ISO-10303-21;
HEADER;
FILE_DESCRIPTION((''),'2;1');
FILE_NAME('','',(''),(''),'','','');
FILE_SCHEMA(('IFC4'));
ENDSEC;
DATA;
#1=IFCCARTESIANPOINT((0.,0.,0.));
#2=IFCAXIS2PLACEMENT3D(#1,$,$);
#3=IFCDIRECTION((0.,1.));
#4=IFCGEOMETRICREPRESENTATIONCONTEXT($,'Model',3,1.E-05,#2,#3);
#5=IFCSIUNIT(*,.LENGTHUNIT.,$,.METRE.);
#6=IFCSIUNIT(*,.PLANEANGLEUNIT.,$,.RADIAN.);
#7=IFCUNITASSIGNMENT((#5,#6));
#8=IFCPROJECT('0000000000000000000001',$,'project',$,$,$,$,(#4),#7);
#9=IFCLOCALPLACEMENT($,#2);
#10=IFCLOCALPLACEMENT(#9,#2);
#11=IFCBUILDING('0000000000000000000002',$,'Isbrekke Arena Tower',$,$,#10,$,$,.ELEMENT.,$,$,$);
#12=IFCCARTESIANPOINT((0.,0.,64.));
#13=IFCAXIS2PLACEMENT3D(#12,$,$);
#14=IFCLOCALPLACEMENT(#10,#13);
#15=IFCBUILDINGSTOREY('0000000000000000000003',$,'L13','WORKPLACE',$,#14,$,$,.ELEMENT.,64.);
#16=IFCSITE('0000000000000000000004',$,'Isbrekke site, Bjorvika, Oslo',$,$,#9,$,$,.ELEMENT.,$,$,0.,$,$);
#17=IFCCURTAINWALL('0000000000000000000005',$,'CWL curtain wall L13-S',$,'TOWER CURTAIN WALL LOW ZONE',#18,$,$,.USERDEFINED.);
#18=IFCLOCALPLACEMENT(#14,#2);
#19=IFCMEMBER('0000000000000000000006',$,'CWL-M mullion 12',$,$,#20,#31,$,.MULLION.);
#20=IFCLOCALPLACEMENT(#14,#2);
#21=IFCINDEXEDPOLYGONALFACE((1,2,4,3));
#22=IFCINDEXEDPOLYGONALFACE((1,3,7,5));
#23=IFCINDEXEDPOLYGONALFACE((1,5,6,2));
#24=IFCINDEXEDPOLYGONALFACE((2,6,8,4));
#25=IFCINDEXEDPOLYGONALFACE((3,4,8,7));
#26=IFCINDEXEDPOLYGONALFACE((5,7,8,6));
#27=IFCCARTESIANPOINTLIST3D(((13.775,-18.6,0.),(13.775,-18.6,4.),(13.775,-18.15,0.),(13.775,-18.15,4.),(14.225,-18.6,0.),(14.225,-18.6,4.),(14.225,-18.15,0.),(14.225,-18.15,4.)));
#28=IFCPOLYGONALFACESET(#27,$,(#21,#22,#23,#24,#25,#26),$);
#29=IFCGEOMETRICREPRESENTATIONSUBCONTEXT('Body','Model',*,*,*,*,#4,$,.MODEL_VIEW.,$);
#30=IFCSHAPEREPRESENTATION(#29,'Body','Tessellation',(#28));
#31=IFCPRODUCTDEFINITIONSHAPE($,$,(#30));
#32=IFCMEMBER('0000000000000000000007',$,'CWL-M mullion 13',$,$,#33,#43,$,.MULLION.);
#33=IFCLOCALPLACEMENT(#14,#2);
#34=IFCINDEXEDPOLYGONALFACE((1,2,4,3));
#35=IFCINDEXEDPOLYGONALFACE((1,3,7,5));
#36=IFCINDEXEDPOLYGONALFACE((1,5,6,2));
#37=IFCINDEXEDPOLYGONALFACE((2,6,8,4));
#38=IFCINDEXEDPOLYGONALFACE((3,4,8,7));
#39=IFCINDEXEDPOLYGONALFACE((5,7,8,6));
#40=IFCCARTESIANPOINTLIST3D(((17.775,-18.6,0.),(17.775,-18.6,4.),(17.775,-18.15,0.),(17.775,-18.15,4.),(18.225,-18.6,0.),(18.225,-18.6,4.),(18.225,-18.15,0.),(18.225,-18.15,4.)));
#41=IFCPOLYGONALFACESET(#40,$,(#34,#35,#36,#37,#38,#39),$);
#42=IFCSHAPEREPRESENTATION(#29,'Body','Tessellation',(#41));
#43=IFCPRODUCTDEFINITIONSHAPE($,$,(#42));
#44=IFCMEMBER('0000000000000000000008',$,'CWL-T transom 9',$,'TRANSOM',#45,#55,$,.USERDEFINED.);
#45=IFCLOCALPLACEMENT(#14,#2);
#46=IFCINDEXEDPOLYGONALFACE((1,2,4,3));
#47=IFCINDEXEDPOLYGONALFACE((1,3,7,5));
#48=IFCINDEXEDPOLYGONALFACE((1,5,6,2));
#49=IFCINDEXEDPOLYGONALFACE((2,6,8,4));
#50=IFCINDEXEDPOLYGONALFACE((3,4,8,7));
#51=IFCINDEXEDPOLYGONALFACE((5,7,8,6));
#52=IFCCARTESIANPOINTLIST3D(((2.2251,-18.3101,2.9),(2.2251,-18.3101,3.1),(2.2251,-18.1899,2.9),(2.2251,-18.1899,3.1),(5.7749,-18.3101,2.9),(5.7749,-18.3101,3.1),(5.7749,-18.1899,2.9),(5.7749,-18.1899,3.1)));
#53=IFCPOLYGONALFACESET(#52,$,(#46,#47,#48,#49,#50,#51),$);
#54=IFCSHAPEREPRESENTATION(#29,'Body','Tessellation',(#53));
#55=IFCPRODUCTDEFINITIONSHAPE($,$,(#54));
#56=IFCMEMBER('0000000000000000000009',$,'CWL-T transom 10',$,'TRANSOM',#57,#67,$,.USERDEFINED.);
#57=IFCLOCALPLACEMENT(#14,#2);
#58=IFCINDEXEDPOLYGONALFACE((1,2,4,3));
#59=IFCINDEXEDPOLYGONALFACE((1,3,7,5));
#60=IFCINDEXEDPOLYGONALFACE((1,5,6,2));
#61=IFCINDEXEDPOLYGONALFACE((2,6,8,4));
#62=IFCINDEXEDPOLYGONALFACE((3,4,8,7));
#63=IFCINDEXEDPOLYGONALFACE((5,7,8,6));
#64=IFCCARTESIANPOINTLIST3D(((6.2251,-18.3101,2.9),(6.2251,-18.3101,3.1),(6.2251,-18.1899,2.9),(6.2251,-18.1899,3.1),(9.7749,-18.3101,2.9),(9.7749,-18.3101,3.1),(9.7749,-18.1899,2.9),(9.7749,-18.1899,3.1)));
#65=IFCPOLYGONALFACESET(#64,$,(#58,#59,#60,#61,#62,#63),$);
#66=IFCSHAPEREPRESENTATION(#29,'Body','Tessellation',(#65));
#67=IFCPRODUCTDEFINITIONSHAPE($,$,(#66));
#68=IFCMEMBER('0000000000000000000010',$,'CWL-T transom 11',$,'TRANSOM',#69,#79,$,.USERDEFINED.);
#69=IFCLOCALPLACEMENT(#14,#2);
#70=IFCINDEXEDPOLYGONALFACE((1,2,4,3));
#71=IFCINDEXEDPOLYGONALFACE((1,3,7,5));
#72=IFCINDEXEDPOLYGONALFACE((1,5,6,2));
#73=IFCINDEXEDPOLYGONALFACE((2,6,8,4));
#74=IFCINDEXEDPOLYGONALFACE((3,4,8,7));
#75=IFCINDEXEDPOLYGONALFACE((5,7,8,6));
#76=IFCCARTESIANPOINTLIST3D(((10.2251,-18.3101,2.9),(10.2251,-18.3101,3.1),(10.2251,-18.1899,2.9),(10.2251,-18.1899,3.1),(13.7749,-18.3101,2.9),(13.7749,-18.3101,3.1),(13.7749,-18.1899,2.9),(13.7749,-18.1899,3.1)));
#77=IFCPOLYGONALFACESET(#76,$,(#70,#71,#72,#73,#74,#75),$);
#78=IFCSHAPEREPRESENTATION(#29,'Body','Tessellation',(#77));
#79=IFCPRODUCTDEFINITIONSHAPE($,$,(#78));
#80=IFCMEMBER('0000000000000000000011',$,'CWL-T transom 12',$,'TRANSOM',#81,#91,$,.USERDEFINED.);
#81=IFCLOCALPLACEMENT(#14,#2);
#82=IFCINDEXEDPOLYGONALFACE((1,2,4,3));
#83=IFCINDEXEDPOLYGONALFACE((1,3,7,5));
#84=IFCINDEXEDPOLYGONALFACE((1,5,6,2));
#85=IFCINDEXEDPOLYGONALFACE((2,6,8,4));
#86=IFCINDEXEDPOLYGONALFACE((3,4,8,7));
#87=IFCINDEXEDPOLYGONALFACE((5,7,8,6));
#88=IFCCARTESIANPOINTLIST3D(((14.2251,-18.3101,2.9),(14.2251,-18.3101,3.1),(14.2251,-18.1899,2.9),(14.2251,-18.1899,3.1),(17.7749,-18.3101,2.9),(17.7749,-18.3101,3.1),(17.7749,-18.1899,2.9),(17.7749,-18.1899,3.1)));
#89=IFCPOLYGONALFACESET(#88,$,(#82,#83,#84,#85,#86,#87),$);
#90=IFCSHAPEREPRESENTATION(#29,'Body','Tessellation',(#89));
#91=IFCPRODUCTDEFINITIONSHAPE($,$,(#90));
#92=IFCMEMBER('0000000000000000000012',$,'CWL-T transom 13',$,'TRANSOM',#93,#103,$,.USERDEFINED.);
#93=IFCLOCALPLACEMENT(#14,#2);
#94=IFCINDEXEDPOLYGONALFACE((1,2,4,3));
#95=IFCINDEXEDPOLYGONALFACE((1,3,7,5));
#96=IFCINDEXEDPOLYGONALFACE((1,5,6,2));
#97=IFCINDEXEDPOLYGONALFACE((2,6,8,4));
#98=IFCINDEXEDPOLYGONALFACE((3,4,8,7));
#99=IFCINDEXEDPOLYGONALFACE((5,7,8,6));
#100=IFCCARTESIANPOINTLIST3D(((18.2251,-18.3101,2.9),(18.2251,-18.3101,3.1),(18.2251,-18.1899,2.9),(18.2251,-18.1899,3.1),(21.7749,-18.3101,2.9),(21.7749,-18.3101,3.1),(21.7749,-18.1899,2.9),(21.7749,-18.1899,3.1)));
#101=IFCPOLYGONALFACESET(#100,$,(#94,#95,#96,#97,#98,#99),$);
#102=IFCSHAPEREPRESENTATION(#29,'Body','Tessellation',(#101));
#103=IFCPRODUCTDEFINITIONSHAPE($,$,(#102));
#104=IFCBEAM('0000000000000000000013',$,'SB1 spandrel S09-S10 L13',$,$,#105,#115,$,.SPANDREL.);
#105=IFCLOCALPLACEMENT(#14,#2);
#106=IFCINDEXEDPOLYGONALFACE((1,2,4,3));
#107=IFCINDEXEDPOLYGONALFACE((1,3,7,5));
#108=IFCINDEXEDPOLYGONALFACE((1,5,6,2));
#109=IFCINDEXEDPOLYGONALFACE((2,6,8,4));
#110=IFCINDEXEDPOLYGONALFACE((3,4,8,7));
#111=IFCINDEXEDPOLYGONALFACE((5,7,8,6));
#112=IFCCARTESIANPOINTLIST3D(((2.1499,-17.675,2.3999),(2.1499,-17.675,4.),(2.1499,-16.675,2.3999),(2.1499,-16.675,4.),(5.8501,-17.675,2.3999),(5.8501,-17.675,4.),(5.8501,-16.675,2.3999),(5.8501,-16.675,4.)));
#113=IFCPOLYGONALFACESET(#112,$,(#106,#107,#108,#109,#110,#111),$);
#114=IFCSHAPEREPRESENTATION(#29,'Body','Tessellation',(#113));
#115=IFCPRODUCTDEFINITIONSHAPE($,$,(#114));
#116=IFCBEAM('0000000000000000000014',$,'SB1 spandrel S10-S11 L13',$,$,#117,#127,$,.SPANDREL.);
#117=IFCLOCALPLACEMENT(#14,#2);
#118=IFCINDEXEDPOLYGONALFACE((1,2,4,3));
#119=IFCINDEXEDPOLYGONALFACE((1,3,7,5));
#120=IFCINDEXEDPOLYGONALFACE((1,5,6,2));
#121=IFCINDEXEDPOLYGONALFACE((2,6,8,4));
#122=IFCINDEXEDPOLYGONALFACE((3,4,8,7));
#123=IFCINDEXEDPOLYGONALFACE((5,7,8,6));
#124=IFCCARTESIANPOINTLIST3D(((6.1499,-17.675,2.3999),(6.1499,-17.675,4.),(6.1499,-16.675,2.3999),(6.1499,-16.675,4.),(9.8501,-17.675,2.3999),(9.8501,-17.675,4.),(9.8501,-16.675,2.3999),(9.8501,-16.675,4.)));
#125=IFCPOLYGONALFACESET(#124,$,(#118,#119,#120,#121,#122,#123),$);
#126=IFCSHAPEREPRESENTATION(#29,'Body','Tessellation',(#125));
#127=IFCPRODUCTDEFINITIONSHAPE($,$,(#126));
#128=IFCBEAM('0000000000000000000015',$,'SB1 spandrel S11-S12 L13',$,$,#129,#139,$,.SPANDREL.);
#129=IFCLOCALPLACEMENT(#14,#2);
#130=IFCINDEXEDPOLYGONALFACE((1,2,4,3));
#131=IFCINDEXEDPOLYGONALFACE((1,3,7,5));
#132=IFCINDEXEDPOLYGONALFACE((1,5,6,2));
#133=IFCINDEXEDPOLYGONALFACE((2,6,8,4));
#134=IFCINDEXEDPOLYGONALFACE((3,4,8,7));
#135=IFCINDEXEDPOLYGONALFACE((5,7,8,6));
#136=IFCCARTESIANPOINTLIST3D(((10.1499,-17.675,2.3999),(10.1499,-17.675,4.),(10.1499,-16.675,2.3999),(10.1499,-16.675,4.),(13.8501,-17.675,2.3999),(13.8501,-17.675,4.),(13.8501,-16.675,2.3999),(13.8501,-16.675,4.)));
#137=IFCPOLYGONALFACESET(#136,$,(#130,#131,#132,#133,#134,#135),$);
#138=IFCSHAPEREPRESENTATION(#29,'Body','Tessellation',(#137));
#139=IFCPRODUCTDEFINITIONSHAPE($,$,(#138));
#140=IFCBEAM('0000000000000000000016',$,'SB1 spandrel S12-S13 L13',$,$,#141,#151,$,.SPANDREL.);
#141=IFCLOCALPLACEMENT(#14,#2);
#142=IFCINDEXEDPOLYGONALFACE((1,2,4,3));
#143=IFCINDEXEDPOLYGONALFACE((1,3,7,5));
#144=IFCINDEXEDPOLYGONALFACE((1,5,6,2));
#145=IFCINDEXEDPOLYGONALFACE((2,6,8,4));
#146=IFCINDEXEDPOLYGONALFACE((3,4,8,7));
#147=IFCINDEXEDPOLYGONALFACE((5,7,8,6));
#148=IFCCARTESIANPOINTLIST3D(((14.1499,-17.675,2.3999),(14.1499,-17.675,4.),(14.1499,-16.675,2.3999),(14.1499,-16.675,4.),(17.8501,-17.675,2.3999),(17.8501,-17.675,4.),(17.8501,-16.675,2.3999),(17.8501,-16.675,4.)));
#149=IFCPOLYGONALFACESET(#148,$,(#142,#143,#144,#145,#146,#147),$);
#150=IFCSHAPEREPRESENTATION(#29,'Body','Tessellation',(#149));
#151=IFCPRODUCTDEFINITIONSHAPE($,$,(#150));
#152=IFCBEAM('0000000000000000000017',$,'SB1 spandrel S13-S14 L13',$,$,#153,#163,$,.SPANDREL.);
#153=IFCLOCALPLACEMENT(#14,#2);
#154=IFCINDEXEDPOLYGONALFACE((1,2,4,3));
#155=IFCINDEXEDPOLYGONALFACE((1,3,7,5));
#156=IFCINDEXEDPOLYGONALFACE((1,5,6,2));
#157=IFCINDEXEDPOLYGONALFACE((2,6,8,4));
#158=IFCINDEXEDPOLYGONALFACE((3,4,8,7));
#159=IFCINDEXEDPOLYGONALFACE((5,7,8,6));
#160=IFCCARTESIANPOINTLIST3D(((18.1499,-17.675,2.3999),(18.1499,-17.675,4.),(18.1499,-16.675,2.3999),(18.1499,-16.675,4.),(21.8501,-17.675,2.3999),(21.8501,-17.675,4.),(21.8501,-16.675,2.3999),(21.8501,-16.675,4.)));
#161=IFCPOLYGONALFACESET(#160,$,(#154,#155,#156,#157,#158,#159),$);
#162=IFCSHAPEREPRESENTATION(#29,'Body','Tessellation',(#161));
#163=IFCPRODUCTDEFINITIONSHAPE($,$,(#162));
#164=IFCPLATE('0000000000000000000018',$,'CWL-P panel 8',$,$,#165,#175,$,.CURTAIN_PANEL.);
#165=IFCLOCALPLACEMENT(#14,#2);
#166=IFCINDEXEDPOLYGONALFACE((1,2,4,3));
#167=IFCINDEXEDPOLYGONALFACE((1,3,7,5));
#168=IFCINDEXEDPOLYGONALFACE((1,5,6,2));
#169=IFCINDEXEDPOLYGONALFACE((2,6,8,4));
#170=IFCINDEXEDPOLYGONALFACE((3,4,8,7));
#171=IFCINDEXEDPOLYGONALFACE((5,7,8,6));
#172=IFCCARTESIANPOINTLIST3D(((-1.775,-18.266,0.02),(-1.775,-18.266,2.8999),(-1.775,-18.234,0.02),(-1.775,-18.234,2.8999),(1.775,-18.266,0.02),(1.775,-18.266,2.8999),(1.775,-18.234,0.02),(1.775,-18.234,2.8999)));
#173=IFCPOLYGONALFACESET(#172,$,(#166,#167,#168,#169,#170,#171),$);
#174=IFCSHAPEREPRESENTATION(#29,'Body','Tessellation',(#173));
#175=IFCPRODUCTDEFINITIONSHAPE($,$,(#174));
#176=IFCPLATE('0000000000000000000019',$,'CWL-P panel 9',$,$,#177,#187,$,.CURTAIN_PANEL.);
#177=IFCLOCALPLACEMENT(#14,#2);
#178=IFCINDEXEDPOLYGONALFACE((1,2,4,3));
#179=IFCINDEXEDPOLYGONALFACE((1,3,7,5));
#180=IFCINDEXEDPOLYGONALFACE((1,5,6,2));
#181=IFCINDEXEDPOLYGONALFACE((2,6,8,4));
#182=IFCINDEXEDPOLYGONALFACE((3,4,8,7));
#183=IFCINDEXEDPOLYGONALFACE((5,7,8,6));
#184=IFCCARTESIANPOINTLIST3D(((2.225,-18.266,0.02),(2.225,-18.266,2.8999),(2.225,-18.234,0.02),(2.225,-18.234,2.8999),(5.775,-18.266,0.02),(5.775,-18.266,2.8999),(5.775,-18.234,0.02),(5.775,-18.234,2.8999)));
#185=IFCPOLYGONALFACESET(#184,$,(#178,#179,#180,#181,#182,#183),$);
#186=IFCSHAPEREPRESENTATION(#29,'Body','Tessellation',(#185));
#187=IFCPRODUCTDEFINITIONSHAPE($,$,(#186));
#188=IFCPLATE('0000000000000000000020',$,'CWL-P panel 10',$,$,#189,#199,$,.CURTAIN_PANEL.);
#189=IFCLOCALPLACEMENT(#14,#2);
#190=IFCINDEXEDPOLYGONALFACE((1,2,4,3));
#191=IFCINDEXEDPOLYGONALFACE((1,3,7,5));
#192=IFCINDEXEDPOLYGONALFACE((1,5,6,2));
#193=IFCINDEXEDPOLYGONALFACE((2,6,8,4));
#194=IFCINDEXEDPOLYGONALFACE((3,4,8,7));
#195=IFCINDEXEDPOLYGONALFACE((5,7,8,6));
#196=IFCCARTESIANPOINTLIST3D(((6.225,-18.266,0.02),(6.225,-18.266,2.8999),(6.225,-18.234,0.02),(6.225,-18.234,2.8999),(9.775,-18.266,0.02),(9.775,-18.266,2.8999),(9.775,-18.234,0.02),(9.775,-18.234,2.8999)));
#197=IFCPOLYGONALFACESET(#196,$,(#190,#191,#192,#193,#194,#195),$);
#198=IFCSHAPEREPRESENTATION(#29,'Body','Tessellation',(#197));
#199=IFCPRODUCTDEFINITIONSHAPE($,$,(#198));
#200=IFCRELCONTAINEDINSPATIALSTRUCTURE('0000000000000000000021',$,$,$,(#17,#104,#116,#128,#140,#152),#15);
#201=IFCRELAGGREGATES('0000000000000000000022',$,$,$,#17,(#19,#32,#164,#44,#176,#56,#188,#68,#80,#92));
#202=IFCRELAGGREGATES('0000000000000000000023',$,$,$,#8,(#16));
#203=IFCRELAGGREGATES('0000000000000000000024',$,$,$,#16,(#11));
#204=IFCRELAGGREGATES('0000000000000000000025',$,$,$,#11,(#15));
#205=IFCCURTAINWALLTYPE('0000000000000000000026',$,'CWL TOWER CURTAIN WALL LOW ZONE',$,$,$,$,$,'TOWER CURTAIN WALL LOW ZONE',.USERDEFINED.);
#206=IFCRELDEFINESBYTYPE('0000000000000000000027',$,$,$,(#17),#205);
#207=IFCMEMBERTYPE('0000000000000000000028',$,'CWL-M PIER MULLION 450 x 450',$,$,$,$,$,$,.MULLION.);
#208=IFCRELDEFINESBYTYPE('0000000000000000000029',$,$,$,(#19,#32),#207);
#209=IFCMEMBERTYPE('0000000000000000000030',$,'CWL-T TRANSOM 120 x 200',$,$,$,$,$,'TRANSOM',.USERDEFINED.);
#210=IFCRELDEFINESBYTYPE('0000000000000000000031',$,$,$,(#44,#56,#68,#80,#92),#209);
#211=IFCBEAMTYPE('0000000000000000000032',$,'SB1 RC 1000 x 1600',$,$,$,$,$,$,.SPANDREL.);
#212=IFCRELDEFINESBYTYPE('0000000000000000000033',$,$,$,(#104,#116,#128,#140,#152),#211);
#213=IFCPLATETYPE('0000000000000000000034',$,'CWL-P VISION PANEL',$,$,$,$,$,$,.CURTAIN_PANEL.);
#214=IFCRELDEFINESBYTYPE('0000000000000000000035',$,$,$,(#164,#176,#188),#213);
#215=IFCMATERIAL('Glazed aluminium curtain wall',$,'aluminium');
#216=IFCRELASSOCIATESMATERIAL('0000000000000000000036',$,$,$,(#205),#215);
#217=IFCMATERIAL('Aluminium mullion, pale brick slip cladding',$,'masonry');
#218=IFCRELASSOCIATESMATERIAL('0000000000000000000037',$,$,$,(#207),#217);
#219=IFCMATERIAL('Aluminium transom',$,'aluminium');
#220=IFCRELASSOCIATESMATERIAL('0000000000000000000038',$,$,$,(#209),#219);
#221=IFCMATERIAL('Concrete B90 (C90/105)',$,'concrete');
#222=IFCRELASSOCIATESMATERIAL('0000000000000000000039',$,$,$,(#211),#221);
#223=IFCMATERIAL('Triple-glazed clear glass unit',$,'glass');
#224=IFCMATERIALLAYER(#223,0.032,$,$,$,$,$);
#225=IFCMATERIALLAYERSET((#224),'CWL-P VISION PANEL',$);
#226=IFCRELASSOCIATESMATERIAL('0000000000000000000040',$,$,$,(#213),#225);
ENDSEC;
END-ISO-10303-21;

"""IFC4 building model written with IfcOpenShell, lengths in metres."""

from ifc_helpers import new_model, si_unit, direction, frame, origin, origin_2d, place, context, subcontext, project, spatial, rectangle, extrude, material, layer, layer_set, material_profile, profile_set, type_object, element, aggregate, save


model = new_model("IFC4")

# Units and contexts
model_context = context("Model", 3, precision=1e-05, world=origin(), true_north=direction((0.0, 1.0)))
body_context = subcontext(model_context, "Body", "Model", "MODEL_VIEW")
ifc_project = project(units=[si_unit("LENGTHUNIT", "METRE"), si_unit("PLANEANGLEUNIT", "RADIAN")], contexts=[model_context])

# Site, building, storey
site_placement = place(None, origin())
site = spatial("IfcSite", under=ifc_project, at=site_placement, Name="Isbrekke site, Bjorvika, Oslo", CompositionType="ELEMENT", RefElevation=0.0)
building_placement = place(site_placement, origin())
building = spatial("IfcBuilding", under=site, at=building_placement, Name="Isbrekke Arena Tower", CompositionType="ELEMENT")
storey_placement = place(building_placement, frame((0.0, 0.0, 64.0)))
storey = spatial("IfcBuildingStorey", under=building, at=storey_placement, Name="L13", Description="WORKPLACE", CompositionType="ELEMENT", Elevation=64.0)

# Curtain wall, members
ifc_material_1 = material(Name="Glazed aluminium curtain wall", Category="aluminium")
curtain_wall_type = type_object("IfcCurtainWallType", Name="CWL TOWER CURTAIN WALL LOW ZONE", ElementType="TOWER CURTAIN WALL LOW ZONE", PredefinedType="USERDEFINED", material=ifc_material_1)
curtain_wall_placement = place(storey_placement, origin())
curtain_wall = element("IfcCurtainWall", 1, at=curtain_wall_placement, inside=storey, type_object=curtain_wall_type, Name="CWL curtain wall L13-S", ObjectType="TOWER CURTAIN WALL LOW ZONE", PredefinedType="USERDEFINED")
ifc_material_2 = material(Name="Aluminium mullion, pale brick slip cladding", Category="masonry")
ifc_material_profile_1 = material_profile(ifc_material_2, rectangle(XDim=0.45, YDim=0.45, at=origin_2d()), Name="PIER 450X450")
ifc_profile_set_1 = profile_set([ifc_material_profile_1], Name="Aluminium mullion, pale brick slip cladding")
member_type_1 = type_object("IfcMemberType", Name="CWL-M PIER MULLION 450 x 450", PredefinedType="MULLION", material=ifc_profile_set_1)
member_1_placement = place(storey_placement, frame((14.0, -18.375, 0.0), z_axis=(0.0, 0.0, 1.0), x_axis=(1.0, 0.0, 0.0)))
member_1 = element("IfcMember", 2, at=member_1_placement, type_object=member_type_1, Name="CWL-M mullion 12", PredefinedType="MULLION", context=body_context, shape_type="SweptSolid", body=[
    extrude(rectangle(XDim=0.45, YDim=0.45, at=origin_2d()), origin(), (0.0, 0.0, 1.0), 4.0),
])
member_2_placement = place(storey_placement, frame((18.0, -18.375, 0.0), z_axis=(0.0, 0.0, 1.0), x_axis=(1.0, 0.0, 0.0)))
member_2 = element("IfcMember", 3, at=member_2_placement, type_object=member_type_1, Name="CWL-M mullion 13", PredefinedType="MULLION", context=body_context, shape_type="SweptSolid", body=[
    extrude(rectangle(XDim=0.45, YDim=0.45, at=origin_2d()), origin(), (0.0, 0.0, 1.0), 4.0),
])
ifc_material_3 = material(Name="Aluminium transom", Category="aluminium")
ifc_material_profile_2 = material_profile(ifc_material_3, rectangle(XDim=0.1201, YDim=0.2, at=origin_2d()), Name="TRANSOM 120X200")
ifc_profile_set_2 = profile_set([ifc_material_profile_2], Name="Aluminium transom")
member_type_2 = type_object("IfcMemberType", Name="CWL-T TRANSOM 120 x 200", ElementType="TRANSOM", PredefinedType="USERDEFINED", material=ifc_profile_set_2)
member_3_placement = place(storey_placement, frame((2.2251, -18.25, 3.0), z_axis=(1.0, 0.0, 0.0), x_axis=(0.0, 1.0, 0.0)))
member_3 = element("IfcMember", 4, at=member_3_placement, type_object=member_type_2, Name="CWL-T transom 9", ObjectType="TRANSOM", PredefinedType="USERDEFINED", context=body_context, shape_type="SweptSolid", body=[
    extrude(rectangle(XDim=0.1201, YDim=0.2, at=origin_2d()), origin(), (0.0, 0.0, 1.0), 3.5498),
])
member_4_placement = place(storey_placement, frame((6.2251, -18.25, 3.0), z_axis=(1.0, 0.0, 0.0), x_axis=(0.0, 1.0, 0.0)))
member_4 = element("IfcMember", 5, at=member_4_placement, type_object=member_type_2, Name="CWL-T transom 10", ObjectType="TRANSOM", PredefinedType="USERDEFINED", context=body_context, shape_type="SweptSolid", body=[
    extrude(rectangle(XDim=0.1201, YDim=0.2, at=origin_2d()), origin(), (0.0, 0.0, 1.0), 3.5498),
])
member_5_placement = place(storey_placement, frame((10.2251, -18.25, 3.0), z_axis=(1.0, 0.0, 0.0), x_axis=(0.0, 1.0, 0.0)))
member_5 = element("IfcMember", 6, at=member_5_placement, type_object=member_type_2, Name="CWL-T transom 11", ObjectType="TRANSOM", PredefinedType="USERDEFINED", context=body_context, shape_type="SweptSolid", body=[
    extrude(rectangle(XDim=0.1201, YDim=0.2, at=origin_2d()), origin(), (0.0, 0.0, 1.0), 3.5498),
])
member_6_placement = place(storey_placement, frame((14.2251, -18.25, 3.0), z_axis=(1.0, 0.0, 0.0), x_axis=(0.0, 1.0, 0.0)))
member_6 = element("IfcMember", 7, at=member_6_placement, type_object=member_type_2, Name="CWL-T transom 12", ObjectType="TRANSOM", PredefinedType="USERDEFINED", context=body_context, shape_type="SweptSolid", body=[
    extrude(rectangle(XDim=0.1201, YDim=0.2, at=origin_2d()), origin(), (0.0, 0.0, 1.0), 3.5498),
])
member_7_placement = place(storey_placement, frame((18.2251, -18.25, 3.0), z_axis=(1.0, 0.0, 0.0), x_axis=(0.0, 1.0, 0.0)))
member_7 = element("IfcMember", 8, at=member_7_placement, type_object=member_type_2, Name="CWL-T transom 13", ObjectType="TRANSOM", PredefinedType="USERDEFINED", context=body_context, shape_type="SweptSolid", body=[
    extrude(rectangle(XDim=0.1201, YDim=0.2, at=origin_2d()), origin(), (0.0, 0.0, 1.0), 3.5498),
])

# Beams
ifc_material_4 = material(Name="Concrete B90 (C90/105)", Category="concrete")
ifc_material_profile_3 = material_profile(ifc_material_4, rectangle(XDim=1.0, YDim=1.6001, at=origin_2d()), Name="RC 1000x1600")
ifc_profile_set_3 = profile_set([ifc_material_profile_3], Name="Concrete B90 (C90/105)")
beam_type_1 = type_object("IfcBeamType", Name="SB1 RC 1000 x 1600", PredefinedType="SPANDREL", material=ifc_profile_set_3)
for number, where, z_axis, x_axis, name in (
    (9, (2.1499, -17.175, 3.2), (1.0, 0.0, 0.0), (0.0, 1.0, 0.0), "SB1 spandrel S09-S10 L13"),
    (10, (6.1499, -17.175, 3.2), (1.0, 0.0, 0.0), (0.0, 1.0, 0.0), "SB1 spandrel S10-S11 L13"),
    (11, (10.1499, -17.175, 3.2), (1.0, 0.0, 0.0), (0.0, 1.0, 0.0), "SB1 spandrel S11-S12 L13"),
    (12, (14.1499, -17.175, 3.2), (1.0, 0.0, 0.0), (0.0, 1.0, 0.0), "SB1 spandrel S12-S13 L13"),
    (13, (18.1499, -17.175, 3.2), (1.0, 0.0, 0.0), (0.0, 1.0, 0.0), "SB1 spandrel S13-S14 L13"),
):
    element("IfcBeam", number, at=place(storey_placement, frame(where, z_axis=z_axis, x_axis=x_axis)), inside=storey, type_object=beam_type_1, Name=name, PredefinedType="SPANDREL", context=body_context, shape_type="SweptSolid", body=[
        extrude(rectangle(XDim=1.0, YDim=1.6001, at=origin_2d()), origin(), (0.0, 0.0, 1.0), 3.7002),
    ])

# Plates
ifc_material_5 = material(Name="Triple-glazed clear glass unit", Category="glass")
ifc_layer = layer(ifc_material_5, 0.032)
ifc_layer_set = layer_set([ifc_layer], Name="CWL-P VISION PANEL")
plate_type = type_object("IfcPlateType", Name="CWL-P VISION PANEL", PredefinedType="CURTAIN_PANEL", material=ifc_layer_set)
plate_1_placement = place(storey_placement, frame((0.0, -18.25, 0.02), z_axis=(0.0, 0.0, 1.0), x_axis=(1.0, 0.0, 0.0)))
plate_1 = element("IfcPlate", 14, at=plate_1_placement, type_object=plate_type, Name="CWL-P panel 8", PredefinedType="CURTAIN_PANEL", context=body_context, shape_type="SweptSolid", body=[
    extrude(rectangle(XDim=3.55, YDim=0.032, at=origin_2d()), origin(), (0.0, 0.0, 1.0), 2.8799),
])
plate_2_placement = place(storey_placement, frame((4.0, -18.25, 0.02), z_axis=(0.0, 0.0, 1.0), x_axis=(1.0, 0.0, 0.0)))
plate_2 = element("IfcPlate", 15, at=plate_2_placement, type_object=plate_type, Name="CWL-P panel 9", PredefinedType="CURTAIN_PANEL", context=body_context, shape_type="SweptSolid", body=[
    extrude(rectangle(XDim=3.55, YDim=0.032, at=origin_2d()), origin(), (0.0, 0.0, 1.0), 2.8799),
])
plate_3_placement = place(storey_placement, frame((8.0, -18.25, 0.02), z_axis=(0.0, 0.0, 1.0), x_axis=(1.0, 0.0, 0.0)))
plate_3 = element("IfcPlate", 16, at=plate_3_placement, type_object=plate_type, Name="CWL-P panel 10", PredefinedType="CURTAIN_PANEL", context=body_context, shape_type="SweptSolid", body=[
    extrude(rectangle(XDim=3.55, YDim=0.032, at=origin_2d()), origin(), (0.0, 0.0, 1.0), 2.8799),
])
aggregate(curtain_wall, [member_1, member_2, plate_1, member_3, plate_2, member_4, plate_3, member_5, member_6, member_7])

save(model, "model.ifc")
